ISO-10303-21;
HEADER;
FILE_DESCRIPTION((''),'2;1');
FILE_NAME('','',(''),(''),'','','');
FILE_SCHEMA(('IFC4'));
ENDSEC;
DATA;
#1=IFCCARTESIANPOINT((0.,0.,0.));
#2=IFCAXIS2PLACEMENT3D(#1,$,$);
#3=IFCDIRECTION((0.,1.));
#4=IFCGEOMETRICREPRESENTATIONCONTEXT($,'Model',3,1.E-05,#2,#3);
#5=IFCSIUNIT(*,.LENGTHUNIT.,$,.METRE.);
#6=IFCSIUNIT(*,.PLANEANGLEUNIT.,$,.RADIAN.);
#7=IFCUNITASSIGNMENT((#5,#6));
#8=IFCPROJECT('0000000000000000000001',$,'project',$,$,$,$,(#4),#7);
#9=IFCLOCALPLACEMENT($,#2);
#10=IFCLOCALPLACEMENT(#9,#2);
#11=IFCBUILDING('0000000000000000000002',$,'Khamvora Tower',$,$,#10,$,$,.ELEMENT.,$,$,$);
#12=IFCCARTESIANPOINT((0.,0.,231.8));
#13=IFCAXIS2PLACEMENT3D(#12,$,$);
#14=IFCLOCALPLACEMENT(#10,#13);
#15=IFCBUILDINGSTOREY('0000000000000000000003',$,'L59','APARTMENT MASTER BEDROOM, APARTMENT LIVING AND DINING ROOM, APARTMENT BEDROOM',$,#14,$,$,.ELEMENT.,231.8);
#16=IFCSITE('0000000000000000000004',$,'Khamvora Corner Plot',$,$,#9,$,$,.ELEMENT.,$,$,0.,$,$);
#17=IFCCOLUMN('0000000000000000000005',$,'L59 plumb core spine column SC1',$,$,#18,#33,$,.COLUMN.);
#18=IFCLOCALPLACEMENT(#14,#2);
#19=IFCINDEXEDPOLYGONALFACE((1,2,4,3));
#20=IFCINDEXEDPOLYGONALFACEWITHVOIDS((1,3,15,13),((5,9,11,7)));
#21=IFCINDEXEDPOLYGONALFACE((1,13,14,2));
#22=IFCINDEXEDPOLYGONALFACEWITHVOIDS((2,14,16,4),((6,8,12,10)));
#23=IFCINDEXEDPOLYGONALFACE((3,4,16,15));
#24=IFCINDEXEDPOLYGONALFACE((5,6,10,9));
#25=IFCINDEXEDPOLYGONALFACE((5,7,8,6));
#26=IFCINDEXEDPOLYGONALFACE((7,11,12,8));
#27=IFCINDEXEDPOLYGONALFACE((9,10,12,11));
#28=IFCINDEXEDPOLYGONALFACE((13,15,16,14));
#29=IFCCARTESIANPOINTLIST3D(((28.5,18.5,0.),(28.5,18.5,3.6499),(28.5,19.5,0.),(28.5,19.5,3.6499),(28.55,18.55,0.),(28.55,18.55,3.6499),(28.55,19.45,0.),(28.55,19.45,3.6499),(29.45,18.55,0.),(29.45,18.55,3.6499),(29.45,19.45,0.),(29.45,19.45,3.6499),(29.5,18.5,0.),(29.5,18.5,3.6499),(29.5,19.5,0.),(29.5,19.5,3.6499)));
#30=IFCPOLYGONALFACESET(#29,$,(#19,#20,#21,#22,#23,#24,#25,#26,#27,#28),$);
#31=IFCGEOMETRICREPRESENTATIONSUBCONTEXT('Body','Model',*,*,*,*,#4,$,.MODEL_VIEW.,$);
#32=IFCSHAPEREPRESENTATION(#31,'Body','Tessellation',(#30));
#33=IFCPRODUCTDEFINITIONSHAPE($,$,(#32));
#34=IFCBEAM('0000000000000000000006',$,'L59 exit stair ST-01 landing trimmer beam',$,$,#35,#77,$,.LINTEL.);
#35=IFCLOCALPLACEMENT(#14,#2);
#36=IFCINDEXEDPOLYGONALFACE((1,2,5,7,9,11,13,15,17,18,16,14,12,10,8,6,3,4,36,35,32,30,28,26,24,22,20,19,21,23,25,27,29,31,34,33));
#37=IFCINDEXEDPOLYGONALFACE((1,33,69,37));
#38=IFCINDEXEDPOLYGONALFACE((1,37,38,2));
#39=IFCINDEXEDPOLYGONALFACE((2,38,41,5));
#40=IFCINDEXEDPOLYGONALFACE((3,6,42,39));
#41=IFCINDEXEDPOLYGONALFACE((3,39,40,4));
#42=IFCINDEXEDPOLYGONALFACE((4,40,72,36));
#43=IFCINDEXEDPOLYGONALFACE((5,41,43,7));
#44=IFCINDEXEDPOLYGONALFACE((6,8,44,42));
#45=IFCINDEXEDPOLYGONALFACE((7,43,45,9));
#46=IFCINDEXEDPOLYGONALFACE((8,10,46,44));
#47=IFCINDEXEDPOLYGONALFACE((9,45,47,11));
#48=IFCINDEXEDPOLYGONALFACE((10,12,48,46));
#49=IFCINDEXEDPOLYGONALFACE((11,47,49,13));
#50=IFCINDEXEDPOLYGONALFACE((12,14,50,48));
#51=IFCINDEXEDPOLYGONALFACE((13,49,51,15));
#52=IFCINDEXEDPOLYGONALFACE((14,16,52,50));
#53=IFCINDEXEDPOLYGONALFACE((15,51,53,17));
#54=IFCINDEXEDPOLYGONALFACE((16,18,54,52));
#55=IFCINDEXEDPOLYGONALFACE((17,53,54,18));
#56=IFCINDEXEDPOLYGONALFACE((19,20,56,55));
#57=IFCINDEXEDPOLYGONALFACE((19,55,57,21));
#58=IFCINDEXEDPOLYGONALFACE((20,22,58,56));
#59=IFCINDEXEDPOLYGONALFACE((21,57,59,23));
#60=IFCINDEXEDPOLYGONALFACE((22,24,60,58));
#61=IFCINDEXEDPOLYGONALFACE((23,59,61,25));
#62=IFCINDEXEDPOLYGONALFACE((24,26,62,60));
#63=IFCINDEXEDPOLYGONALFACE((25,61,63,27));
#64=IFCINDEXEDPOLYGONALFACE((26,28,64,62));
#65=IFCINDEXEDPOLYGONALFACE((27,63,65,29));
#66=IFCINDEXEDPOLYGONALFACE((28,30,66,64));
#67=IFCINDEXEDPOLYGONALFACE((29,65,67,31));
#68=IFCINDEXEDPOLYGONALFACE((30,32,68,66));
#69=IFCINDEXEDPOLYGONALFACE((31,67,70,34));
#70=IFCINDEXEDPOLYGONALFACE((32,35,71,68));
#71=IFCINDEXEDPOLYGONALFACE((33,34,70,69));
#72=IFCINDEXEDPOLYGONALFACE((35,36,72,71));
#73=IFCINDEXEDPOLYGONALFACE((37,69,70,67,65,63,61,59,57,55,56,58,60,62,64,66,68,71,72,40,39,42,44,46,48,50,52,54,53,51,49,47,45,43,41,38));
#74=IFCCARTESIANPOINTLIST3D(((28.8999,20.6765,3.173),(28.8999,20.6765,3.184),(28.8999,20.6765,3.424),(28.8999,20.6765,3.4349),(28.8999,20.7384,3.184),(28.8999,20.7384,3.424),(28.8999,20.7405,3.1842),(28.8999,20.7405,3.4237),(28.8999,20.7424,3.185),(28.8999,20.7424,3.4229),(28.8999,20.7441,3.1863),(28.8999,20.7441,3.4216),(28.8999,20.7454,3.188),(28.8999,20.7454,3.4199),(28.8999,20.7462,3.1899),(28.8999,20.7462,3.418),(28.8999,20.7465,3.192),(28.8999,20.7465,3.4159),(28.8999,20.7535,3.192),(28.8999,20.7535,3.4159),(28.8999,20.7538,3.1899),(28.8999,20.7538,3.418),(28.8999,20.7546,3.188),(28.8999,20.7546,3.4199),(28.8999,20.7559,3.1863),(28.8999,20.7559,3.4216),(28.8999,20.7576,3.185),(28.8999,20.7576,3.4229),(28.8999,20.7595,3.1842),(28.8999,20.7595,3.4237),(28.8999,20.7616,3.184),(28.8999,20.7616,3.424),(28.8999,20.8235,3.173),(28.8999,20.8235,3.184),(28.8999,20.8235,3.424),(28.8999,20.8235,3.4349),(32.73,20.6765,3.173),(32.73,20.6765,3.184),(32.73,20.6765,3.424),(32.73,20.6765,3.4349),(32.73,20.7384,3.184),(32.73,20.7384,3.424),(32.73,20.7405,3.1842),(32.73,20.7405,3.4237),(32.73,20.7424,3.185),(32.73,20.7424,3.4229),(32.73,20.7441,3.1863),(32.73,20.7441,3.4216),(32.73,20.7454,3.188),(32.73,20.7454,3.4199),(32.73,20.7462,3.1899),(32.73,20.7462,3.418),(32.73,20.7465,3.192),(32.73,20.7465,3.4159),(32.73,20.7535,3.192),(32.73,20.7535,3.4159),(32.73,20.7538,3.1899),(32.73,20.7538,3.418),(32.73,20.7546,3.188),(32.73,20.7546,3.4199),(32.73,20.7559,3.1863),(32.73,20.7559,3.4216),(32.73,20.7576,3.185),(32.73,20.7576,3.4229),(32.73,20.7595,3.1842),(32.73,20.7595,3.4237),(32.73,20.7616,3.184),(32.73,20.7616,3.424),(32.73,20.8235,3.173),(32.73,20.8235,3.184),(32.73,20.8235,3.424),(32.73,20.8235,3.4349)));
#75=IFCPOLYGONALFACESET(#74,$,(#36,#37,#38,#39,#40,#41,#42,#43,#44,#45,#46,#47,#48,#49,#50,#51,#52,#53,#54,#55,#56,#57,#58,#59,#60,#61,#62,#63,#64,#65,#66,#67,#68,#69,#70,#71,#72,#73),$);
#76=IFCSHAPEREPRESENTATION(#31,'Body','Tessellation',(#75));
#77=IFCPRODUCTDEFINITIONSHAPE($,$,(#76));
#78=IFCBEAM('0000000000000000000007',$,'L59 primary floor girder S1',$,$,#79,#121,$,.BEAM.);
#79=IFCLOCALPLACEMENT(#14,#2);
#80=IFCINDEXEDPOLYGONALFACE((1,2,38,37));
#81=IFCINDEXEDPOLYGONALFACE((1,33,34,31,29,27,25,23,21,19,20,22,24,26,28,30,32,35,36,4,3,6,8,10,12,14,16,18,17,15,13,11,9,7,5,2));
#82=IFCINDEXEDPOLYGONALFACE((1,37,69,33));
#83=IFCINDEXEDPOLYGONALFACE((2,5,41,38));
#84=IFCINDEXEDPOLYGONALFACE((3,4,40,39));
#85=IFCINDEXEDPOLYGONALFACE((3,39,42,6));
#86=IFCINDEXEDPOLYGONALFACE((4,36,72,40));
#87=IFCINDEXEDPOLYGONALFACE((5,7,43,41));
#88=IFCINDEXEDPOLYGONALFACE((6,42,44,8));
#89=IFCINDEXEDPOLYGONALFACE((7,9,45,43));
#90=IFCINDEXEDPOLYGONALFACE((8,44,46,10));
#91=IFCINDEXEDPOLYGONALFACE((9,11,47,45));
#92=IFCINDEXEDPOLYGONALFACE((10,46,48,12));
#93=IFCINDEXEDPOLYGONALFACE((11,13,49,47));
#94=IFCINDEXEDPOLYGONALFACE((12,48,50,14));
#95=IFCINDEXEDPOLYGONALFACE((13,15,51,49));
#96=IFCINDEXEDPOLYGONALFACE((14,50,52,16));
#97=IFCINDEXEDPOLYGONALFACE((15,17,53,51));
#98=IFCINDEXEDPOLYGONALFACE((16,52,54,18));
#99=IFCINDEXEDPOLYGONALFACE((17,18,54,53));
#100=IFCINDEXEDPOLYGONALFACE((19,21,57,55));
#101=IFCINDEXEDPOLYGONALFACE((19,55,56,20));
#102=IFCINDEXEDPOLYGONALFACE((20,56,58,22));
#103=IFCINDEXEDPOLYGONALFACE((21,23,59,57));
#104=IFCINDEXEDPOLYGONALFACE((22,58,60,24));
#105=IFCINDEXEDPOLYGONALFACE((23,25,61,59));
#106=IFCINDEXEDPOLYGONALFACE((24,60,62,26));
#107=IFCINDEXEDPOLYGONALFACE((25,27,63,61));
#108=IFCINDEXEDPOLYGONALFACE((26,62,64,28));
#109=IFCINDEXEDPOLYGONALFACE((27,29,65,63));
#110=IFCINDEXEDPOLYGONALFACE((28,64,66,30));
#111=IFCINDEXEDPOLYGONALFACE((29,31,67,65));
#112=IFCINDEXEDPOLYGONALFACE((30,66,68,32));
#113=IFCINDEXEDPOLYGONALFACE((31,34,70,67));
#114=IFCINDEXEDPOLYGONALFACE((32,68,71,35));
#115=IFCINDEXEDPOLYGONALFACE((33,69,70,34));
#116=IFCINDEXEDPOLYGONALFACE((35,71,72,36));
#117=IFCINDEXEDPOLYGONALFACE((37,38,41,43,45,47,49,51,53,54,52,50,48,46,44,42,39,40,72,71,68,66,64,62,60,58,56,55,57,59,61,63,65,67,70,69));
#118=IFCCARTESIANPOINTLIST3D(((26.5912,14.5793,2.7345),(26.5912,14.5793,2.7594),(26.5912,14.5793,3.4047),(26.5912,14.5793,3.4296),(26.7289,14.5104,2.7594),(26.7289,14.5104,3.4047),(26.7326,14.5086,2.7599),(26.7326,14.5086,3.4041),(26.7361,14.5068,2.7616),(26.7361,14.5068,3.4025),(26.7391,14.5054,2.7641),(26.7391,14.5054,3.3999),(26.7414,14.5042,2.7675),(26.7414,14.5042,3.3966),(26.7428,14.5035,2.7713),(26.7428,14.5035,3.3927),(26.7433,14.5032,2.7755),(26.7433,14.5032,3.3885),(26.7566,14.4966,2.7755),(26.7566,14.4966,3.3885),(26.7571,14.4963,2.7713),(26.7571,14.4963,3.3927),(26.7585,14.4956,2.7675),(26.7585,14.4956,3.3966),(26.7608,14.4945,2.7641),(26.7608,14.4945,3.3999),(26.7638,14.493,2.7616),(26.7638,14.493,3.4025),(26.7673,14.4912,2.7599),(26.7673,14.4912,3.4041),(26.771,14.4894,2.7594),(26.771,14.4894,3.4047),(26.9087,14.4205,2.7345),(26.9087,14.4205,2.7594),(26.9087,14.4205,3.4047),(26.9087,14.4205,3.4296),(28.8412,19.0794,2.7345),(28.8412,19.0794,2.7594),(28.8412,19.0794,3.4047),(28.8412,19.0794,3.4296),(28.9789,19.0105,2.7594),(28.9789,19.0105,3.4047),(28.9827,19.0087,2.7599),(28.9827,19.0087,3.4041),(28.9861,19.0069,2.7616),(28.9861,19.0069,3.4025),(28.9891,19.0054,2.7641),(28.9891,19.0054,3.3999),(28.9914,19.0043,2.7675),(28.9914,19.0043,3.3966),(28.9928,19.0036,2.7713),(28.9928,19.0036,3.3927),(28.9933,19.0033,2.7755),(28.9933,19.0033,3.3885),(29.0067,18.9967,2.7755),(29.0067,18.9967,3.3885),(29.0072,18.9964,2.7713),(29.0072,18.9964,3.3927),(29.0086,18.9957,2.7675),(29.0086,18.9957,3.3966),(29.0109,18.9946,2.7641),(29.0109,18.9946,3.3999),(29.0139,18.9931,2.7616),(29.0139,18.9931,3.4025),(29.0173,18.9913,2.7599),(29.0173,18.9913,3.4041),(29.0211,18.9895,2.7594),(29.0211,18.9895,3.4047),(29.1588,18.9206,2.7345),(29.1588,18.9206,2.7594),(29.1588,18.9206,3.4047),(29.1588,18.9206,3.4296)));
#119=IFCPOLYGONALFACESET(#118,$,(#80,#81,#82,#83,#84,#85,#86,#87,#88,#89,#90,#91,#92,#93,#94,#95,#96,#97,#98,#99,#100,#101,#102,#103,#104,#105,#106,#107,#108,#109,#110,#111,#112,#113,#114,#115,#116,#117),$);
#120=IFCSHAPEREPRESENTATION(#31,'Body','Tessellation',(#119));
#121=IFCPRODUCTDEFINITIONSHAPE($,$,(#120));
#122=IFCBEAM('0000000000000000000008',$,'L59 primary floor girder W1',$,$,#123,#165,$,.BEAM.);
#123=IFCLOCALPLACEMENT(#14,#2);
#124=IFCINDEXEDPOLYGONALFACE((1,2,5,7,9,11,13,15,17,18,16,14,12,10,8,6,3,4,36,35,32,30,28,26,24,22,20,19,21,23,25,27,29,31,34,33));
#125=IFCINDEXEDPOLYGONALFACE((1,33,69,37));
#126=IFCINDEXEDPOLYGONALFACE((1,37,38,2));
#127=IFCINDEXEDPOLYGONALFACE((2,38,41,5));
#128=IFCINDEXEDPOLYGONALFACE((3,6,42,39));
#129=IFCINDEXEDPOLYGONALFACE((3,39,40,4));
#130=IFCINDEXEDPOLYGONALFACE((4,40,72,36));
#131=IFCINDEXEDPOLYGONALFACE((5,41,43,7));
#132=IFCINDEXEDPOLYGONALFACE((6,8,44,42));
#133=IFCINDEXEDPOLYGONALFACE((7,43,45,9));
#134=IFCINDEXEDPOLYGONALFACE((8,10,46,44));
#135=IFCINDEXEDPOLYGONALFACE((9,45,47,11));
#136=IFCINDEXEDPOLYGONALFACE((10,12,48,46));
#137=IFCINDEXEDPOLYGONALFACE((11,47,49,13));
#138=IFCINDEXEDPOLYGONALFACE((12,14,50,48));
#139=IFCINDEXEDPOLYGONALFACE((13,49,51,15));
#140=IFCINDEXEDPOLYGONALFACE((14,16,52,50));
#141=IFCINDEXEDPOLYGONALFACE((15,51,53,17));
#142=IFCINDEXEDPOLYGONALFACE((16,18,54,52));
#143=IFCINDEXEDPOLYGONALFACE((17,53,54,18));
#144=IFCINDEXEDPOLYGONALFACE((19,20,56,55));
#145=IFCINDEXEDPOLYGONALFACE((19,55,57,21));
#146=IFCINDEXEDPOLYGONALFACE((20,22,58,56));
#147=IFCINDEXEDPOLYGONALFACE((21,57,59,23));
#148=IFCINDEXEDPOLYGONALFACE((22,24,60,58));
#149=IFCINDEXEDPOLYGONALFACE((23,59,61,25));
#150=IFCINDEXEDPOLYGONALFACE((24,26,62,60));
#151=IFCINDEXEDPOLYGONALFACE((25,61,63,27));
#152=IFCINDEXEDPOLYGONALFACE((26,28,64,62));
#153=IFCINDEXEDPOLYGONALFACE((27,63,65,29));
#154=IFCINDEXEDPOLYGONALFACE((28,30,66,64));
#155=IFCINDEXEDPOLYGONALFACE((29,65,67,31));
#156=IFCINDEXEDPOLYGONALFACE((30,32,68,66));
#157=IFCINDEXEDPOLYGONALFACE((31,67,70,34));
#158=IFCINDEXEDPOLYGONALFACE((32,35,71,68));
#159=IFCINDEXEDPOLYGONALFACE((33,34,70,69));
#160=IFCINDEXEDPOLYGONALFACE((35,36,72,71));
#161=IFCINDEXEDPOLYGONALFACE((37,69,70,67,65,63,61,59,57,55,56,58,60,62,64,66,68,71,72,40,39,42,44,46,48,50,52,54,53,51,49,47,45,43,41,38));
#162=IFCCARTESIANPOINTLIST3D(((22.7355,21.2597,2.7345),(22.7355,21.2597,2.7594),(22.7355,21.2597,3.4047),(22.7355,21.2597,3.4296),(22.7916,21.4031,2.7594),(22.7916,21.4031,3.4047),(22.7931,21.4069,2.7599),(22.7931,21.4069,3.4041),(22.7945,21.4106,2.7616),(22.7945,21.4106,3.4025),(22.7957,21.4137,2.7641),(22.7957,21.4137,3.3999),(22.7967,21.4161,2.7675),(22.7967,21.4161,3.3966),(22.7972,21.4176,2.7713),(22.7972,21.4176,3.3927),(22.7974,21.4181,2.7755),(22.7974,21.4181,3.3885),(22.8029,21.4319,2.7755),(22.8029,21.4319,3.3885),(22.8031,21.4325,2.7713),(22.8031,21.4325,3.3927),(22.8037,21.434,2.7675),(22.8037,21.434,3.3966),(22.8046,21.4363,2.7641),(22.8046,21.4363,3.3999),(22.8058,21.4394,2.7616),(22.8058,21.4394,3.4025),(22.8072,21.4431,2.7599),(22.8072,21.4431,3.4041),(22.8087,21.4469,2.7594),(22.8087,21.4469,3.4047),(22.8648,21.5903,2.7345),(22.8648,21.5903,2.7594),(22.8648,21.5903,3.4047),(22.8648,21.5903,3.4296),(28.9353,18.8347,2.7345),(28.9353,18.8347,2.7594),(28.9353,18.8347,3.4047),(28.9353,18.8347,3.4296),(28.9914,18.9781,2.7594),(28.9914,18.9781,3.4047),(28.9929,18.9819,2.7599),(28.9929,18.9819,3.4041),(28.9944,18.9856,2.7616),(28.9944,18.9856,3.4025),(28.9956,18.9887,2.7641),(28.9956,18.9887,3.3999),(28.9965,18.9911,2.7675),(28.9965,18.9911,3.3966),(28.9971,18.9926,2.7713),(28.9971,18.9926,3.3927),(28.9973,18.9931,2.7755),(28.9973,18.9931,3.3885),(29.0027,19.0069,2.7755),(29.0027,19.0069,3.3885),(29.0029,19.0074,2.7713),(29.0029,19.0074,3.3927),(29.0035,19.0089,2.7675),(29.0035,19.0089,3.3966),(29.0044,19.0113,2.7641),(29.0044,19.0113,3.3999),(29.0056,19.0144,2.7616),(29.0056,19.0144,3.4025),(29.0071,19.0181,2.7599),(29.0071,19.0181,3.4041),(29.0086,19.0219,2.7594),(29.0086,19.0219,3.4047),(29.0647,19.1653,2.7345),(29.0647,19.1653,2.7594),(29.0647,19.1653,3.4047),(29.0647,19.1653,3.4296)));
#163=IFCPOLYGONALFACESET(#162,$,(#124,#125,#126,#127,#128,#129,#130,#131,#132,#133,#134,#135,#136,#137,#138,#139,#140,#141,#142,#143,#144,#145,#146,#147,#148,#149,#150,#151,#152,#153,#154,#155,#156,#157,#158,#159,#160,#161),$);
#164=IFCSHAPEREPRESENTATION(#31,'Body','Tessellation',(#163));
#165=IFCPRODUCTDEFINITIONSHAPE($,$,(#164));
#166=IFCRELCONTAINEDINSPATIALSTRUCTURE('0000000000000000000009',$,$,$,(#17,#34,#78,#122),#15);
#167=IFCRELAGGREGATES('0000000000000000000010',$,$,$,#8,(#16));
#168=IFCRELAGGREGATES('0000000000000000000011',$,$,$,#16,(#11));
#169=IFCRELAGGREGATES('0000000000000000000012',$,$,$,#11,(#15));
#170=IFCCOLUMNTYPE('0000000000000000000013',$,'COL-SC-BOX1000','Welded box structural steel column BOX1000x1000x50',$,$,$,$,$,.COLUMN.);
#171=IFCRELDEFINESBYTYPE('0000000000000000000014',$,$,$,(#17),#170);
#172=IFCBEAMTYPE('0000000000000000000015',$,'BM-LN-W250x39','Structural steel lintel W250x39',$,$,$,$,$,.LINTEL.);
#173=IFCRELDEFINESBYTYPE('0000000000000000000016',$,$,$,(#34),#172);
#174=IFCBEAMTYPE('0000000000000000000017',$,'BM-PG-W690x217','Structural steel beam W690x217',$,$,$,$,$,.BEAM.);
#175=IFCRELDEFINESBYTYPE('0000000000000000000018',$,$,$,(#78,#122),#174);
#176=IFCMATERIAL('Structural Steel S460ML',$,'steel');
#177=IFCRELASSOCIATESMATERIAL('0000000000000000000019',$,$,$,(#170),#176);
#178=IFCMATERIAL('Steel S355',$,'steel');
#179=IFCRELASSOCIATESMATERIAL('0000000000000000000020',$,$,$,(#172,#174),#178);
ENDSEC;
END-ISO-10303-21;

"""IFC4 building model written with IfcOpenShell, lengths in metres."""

from ifc_helpers import new_model, si_unit, direction, frame, origin, origin_2d, place, context, subcontext, project, spatial, hollow_rectangle, i_section, extrude, material, material_profile, profile_set, type_object, element, save


model = new_model("IFC4")

# Units and contexts
model_context = context("Model", 3, precision=1e-05, world=origin(), true_north=direction((0.0, 1.0)))
body_context = subcontext(model_context, "Body", "Model", "MODEL_VIEW")
ifc_project = project(units=[si_unit("LENGTHUNIT", "METRE"), si_unit("PLANEANGLEUNIT", "RADIAN")], contexts=[model_context])

# Site, building, storey
site_placement = place(None, origin())
site = spatial("IfcSite", under=ifc_project, at=site_placement, Name="Khamvora Corner Plot", CompositionType="ELEMENT", RefElevation=0.0)
building_placement = place(site_placement, origin())
building = spatial("IfcBuilding", under=site, at=building_placement, Name="Khamvora Tower", CompositionType="ELEMENT")
storey_placement = place(building_placement, frame((0.0, 0.0, 231.8)))
storey = spatial("IfcBuildingStorey", under=building, at=storey_placement, Name="L59", Description="APARTMENT MASTER BEDROOM, APARTMENT LIVING AND DINING ROOM, APARTMENT BEDROOM", CompositionType="ELEMENT", Elevation=231.8)

# Column
ifc_material_1 = material(Name="Structural Steel S460ML", Category="steel")
ifc_material_profile_1 = material_profile(ifc_material_1, hollow_rectangle(XDim=1.0, YDim=1.0, WallThickness=0.05, at=origin_2d()), Name="BOX1000x1000x50")
ifc_profile_set_1 = profile_set([ifc_material_profile_1], Name="Structural Steel S460ML")
column_type = type_object("IfcColumnType", Name="COL-SC-BOX1000", Description="Welded box structural steel column BOX1000x1000x50", PredefinedType="COLUMN", material=ifc_profile_set_1)
column_placement = place(storey_placement, frame((29.0, 19.0, 0.0), z_axis=(0.0, 0.0, 1.0), x_axis=(1.0, 0.0, 0.0)))
element("IfcColumn", 1, at=column_placement, inside=storey, type_object=column_type, Name="L59 plumb core spine column SC1", PredefinedType="COLUMN", context=body_context, shape_type="SweptSolid", body=[
    extrude(hollow_rectangle(XDim=1.0, YDim=1.0, WallThickness=0.05, at=origin_2d()), origin(), (0.0, 0.0, 1.0), 3.6499),
])

# Beams
ifc_material_2 = material(Name="Steel S355", Category="steel")
ifc_material_profile_2 = material_profile(ifc_material_2, i_section(OverallWidth=0.147, OverallDepth=0.262, WebThickness=0.0071, FlangeThickness=0.011, FilletRadius=0.0081, at=origin_2d()), Name="W250x39")
ifc_profile_set_2 = profile_set([ifc_material_profile_2], Name="Steel S355")
beam_type_1 = type_object("IfcBeamType", Name="BM-LN-W250x39", Description="Structural steel lintel W250x39", PredefinedType="LINTEL", material=ifc_profile_set_2)
beam_1_placement = place(storey_placement, frame((28.8999, 20.75, 3.304), z_axis=(1.0, 0.0, 0.0), x_axis=(0.0, 1.0, 0.0)))
element("IfcBeam", 2, at=beam_1_placement, inside=storey, type_object=beam_type_1, Name="L59 exit stair ST-01 landing trimmer beam", PredefinedType="LINTEL", context=body_context, shape_type="SweptSolid", body=[
    extrude(i_section(OverallWidth=0.147, OverallDepth=0.262, WebThickness=0.0071, FlangeThickness=0.011, FilletRadius=0.0081, at=origin_2d()), origin(), (0.0, 0.0, 1.0), 3.8301),
])
ifc_material_profile_3 = material_profile(ifc_material_2, i_section(OverallWidth=0.355, OverallDepth=0.6951, WebThickness=0.0149, FlangeThickness=0.0249, FilletRadius=0.0161, at=origin_2d()), Name="W690x217")
ifc_profile_set_3 = profile_set([ifc_material_profile_3], Name="Steel S355")
beam_type_2 = type_object("IfcBeamType", Name="BM-PG-W690x217", Description="Structural steel beam W690x217", PredefinedType="BEAM", material=ifc_profile_set_3)
beam_2_placement = place(storey_placement, frame((29.0, 19.0, 3.082), z_axis=(-0.447214, -0.894427, 0.0), x_axis=(0.894427, -0.447214, 0.0)))
element("IfcBeam", 3, at=beam_2_placement, inside=storey, type_object=beam_type_2, Name="L59 primary floor girder S1", PredefinedType="BEAM", context=body_context, shape_type="SweptSolid", body=[
    extrude(i_section(OverallWidth=0.355, OverallDepth=0.6951, WebThickness=0.0149, FlangeThickness=0.0249, FilletRadius=0.0161, at=origin_2d()), origin(), (0.0, 0.0, 1.0), 5.0312),
])
beam_3_placement = place(storey_placement, frame((29.0, 19.0, 3.082), z_axis=(-0.931295, 0.364267, 0.0), x_axis=(-0.364267, -0.931295, 0.0)))
element("IfcBeam", 4, at=beam_3_placement, inside=storey, type_object=beam_type_2, Name="L59 primary floor girder W1", PredefinedType="BEAM", context=body_context, shape_type="SweptSolid", body=[
    extrude(i_section(OverallWidth=0.355, OverallDepth=0.6951, WebThickness=0.0149, FlangeThickness=0.0249, FilletRadius=0.0161, at=origin_2d()), origin(), (0.0, 0.0, 1.0), 6.6572),
])

save(model, "model.ifc")
